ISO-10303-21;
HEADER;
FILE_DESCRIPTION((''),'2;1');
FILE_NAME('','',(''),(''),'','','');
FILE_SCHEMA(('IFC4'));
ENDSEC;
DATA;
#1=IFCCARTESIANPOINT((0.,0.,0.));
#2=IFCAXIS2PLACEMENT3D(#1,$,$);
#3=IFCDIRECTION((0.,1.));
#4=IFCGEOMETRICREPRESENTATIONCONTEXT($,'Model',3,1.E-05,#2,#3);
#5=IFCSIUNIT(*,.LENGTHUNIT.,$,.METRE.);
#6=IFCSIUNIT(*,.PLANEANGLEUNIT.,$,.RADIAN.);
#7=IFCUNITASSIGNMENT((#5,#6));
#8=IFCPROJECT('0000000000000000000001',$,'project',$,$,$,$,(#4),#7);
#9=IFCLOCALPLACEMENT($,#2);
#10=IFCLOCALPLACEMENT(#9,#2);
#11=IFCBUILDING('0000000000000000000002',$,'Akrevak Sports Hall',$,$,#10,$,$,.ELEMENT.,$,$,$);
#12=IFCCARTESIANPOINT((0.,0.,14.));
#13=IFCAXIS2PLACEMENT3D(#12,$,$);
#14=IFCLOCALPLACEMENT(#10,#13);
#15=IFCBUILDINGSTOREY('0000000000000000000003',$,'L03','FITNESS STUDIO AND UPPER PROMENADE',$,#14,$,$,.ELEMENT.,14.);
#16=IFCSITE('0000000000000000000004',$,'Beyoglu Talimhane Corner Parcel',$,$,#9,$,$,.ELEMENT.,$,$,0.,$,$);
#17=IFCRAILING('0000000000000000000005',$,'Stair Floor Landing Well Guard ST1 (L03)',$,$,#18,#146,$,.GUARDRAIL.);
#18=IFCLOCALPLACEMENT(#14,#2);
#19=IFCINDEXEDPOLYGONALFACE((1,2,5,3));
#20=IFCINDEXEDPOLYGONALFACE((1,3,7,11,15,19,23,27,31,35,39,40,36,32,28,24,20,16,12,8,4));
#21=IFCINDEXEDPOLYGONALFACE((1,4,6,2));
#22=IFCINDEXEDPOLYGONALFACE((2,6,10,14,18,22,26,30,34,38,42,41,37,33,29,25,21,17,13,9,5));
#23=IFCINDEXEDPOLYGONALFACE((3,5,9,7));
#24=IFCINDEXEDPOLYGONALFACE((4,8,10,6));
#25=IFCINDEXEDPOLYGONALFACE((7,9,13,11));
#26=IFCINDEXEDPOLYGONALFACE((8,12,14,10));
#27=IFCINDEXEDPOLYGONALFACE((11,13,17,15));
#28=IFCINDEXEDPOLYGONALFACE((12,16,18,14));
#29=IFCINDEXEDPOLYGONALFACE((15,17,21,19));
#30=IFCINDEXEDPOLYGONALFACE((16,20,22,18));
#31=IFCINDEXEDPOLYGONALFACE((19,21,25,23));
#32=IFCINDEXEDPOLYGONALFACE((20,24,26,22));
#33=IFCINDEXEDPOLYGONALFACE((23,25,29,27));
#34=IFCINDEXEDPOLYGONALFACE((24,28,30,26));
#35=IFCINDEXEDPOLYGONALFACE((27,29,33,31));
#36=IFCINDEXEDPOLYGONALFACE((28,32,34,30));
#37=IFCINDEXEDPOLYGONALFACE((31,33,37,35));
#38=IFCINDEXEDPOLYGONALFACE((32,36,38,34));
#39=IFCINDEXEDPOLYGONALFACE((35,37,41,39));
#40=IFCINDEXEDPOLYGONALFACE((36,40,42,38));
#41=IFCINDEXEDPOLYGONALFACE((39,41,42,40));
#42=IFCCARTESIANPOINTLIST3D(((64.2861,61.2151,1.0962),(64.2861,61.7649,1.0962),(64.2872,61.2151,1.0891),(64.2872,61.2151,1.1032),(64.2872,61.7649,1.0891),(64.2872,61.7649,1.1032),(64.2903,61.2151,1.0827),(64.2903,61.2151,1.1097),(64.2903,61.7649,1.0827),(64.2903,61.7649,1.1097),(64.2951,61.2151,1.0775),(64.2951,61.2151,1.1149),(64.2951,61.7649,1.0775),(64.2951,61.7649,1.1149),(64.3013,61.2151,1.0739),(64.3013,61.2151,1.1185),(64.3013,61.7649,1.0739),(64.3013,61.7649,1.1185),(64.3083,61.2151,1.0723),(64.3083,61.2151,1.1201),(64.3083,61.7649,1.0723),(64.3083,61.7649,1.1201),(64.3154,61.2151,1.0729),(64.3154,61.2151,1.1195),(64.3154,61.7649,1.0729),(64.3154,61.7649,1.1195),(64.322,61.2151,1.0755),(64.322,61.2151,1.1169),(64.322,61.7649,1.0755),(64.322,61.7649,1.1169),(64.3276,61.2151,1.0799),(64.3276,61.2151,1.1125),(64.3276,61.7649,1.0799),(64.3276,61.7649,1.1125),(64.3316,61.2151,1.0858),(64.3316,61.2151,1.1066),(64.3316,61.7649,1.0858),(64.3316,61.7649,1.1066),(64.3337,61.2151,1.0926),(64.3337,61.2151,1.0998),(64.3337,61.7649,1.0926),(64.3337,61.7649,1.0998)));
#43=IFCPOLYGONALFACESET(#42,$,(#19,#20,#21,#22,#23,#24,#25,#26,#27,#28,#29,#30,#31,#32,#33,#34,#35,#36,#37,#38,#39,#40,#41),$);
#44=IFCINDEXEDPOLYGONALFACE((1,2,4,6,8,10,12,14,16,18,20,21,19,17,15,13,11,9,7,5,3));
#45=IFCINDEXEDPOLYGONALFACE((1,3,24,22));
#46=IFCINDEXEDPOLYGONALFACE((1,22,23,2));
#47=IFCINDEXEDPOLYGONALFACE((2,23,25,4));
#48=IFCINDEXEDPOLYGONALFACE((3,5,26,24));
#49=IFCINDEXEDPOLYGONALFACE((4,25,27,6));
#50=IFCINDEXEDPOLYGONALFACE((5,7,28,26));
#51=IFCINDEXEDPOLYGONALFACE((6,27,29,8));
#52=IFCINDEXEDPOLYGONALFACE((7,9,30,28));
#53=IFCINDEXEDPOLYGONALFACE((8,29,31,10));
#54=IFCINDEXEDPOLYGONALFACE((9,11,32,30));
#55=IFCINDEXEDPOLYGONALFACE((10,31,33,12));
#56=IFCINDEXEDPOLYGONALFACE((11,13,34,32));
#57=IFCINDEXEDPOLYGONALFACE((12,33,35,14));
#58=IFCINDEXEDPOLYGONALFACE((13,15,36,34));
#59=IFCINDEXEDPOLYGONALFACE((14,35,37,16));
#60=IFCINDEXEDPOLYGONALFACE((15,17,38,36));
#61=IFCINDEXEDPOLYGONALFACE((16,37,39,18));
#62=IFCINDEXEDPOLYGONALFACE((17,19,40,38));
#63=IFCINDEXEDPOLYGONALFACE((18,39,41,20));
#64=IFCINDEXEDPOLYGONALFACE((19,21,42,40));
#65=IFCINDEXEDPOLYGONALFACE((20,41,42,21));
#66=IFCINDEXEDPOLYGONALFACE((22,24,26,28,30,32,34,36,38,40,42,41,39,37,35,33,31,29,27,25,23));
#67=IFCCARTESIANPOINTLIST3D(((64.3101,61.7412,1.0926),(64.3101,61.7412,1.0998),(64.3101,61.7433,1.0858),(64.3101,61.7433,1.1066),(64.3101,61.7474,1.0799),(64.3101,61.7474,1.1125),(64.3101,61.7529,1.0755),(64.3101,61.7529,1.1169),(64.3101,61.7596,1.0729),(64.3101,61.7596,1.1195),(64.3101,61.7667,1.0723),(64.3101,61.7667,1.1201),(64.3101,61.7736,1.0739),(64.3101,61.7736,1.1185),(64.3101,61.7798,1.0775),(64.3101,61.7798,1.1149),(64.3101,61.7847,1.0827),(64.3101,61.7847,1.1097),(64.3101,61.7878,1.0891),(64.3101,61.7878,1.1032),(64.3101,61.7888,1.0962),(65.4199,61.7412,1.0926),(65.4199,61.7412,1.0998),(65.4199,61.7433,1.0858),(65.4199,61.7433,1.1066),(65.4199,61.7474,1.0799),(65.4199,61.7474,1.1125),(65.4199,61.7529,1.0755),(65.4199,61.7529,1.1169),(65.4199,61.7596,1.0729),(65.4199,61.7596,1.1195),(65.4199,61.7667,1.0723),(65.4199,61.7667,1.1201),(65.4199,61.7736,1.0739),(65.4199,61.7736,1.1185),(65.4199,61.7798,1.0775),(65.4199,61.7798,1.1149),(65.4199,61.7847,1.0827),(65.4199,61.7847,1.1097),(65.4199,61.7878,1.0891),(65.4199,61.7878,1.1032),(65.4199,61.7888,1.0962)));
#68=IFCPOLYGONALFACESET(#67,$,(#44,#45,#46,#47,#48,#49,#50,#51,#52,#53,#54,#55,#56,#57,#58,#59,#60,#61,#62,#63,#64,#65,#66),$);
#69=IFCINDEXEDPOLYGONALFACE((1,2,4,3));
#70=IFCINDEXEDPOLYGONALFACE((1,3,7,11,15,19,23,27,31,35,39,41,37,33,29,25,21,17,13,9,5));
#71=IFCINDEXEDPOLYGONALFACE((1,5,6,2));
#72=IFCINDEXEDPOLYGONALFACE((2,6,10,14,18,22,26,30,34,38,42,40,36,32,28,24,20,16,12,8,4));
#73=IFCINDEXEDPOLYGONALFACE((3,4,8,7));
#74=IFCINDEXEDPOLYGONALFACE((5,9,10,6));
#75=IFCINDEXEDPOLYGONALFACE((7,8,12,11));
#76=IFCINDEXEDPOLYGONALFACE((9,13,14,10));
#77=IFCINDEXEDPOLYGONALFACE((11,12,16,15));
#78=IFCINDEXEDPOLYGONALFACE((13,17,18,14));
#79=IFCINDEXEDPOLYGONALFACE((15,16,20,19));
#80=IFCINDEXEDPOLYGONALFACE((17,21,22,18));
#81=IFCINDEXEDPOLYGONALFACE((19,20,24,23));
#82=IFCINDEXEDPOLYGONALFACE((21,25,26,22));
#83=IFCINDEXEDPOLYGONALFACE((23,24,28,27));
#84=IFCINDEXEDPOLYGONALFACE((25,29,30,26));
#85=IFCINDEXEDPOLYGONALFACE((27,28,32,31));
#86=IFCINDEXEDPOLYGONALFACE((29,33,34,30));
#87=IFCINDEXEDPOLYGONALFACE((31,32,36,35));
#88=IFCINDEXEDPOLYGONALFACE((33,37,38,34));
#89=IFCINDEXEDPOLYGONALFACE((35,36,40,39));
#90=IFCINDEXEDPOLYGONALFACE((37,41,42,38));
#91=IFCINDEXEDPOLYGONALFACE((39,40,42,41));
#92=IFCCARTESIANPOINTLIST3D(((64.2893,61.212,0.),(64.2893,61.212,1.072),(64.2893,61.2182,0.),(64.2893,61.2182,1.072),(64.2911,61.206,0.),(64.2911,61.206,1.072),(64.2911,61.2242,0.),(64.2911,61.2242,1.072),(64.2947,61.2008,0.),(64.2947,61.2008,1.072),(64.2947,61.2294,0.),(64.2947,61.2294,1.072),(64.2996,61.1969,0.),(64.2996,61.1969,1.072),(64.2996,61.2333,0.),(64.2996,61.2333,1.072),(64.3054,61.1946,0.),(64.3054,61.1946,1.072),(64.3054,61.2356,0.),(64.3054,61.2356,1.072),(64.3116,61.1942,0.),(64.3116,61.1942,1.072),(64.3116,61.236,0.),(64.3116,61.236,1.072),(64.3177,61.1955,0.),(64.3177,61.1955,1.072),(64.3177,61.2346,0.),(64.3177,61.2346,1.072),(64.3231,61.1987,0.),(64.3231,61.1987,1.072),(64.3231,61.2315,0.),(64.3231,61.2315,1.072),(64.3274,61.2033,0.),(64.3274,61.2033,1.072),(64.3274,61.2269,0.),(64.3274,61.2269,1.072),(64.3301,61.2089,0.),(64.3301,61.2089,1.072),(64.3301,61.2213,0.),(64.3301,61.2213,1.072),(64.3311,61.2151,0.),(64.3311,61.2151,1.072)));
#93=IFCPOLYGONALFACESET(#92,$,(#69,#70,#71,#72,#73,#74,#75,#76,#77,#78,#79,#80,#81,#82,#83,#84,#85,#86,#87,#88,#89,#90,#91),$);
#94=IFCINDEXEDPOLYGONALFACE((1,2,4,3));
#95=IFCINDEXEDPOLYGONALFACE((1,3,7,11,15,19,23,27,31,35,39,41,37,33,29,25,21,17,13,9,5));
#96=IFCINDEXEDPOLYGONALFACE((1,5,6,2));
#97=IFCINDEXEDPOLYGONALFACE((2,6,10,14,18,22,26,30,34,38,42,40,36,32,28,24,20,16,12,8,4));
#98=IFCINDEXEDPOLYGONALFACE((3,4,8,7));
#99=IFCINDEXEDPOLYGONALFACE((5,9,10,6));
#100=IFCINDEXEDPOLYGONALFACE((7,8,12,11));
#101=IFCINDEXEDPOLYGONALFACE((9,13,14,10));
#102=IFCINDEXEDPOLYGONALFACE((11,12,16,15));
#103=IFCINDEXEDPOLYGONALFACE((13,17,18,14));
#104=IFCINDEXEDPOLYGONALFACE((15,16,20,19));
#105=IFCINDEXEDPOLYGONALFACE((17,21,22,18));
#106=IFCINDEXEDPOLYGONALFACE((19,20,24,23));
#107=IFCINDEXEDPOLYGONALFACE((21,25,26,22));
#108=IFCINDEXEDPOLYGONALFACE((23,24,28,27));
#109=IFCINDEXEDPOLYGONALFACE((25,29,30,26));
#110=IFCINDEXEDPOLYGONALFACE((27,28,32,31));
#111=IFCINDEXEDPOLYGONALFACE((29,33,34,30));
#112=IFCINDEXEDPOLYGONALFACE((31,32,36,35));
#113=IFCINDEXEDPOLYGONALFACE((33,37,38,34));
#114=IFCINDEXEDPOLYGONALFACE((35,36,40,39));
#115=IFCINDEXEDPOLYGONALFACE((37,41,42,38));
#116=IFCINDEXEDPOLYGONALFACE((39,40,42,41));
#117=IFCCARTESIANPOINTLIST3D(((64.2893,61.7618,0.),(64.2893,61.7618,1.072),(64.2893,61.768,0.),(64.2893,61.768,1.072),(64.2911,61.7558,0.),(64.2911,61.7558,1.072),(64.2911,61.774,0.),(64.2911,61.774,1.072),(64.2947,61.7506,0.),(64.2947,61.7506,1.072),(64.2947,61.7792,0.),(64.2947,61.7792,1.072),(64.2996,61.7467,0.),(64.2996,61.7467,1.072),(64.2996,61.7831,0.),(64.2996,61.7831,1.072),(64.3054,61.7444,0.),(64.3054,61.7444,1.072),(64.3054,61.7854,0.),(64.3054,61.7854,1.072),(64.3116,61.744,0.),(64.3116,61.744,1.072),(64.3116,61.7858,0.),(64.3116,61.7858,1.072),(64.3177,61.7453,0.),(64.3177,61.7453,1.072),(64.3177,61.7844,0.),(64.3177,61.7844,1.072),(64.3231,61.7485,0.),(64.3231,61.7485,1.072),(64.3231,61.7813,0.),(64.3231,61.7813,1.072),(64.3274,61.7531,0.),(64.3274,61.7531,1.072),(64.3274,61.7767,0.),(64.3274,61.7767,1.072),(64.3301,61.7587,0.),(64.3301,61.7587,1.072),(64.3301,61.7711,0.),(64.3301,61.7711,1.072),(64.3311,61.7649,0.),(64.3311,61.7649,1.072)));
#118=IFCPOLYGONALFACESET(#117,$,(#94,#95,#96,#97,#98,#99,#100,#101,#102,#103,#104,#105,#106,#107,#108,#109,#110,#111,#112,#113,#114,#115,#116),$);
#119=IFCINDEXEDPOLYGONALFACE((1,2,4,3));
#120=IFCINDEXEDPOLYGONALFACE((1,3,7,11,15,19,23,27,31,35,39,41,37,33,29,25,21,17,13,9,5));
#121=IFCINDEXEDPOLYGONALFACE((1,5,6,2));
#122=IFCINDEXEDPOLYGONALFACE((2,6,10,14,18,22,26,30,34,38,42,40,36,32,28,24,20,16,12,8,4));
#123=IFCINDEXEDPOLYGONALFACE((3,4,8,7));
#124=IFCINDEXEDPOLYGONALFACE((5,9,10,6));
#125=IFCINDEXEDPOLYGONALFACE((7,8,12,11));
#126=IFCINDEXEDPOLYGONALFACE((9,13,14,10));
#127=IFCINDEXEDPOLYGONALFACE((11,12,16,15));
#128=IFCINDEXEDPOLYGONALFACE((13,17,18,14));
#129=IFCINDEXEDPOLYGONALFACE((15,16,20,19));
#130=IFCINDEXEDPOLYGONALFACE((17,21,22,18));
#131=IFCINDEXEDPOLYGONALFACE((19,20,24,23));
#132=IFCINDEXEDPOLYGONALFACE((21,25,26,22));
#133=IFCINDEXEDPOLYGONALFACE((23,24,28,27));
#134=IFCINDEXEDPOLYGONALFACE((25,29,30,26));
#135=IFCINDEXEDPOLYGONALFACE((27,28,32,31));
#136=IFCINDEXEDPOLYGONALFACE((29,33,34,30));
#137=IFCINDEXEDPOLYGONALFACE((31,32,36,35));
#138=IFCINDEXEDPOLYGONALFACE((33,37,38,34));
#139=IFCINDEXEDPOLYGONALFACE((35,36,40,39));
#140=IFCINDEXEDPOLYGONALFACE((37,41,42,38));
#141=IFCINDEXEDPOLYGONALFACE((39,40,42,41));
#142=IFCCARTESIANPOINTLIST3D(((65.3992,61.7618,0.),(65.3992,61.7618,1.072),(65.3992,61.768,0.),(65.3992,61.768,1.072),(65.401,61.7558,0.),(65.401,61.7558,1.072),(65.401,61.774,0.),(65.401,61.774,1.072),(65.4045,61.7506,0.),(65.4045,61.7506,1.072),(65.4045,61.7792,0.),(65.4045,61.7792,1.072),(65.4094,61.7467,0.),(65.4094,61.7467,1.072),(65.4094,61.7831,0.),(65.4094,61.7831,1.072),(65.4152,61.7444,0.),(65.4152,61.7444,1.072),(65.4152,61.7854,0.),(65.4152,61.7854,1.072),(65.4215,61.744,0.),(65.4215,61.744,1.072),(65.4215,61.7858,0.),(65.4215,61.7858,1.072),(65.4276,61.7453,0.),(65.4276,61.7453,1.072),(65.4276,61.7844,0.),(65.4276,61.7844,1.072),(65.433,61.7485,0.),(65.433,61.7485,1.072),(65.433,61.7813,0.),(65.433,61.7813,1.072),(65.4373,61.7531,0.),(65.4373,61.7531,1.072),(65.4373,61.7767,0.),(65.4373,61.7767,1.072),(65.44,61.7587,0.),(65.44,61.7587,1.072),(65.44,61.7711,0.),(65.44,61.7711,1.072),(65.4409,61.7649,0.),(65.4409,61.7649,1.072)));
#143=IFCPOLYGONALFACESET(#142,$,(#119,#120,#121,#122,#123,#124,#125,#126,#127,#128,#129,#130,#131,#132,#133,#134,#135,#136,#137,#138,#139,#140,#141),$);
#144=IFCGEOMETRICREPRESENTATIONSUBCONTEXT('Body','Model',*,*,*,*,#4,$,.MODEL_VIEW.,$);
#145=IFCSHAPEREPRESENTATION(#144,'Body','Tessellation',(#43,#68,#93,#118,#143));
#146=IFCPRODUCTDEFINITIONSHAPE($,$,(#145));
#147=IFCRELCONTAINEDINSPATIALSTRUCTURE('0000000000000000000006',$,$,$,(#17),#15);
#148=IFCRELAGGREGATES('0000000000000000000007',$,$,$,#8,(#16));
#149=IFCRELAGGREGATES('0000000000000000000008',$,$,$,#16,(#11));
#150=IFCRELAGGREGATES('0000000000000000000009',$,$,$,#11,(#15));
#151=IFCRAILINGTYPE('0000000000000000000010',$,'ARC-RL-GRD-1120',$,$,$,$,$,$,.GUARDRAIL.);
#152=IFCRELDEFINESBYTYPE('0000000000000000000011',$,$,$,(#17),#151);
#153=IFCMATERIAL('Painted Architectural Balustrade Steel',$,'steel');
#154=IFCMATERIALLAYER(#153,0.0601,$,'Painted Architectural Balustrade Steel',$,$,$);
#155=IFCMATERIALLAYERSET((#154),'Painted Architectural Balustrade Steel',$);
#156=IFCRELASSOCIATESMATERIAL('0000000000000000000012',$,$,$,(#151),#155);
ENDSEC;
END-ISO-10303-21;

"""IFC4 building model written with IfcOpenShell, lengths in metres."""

from ifc_helpers import new_model, si_unit, direction, frame, origin, origin_2d, place, context, subcontext, project, spatial, circle, extrude, material, layer, layer_set, type_object, element, save


model = new_model("IFC4")

# Units and contexts
model_context = context("Model", 3, precision=1e-05, world=origin(), true_north=direction((0.0, 1.0)))
body_context = subcontext(model_context, "Body", "Model", "MODEL_VIEW")
ifc_project = project(units=[si_unit("LENGTHUNIT", "METRE"), si_unit("PLANEANGLEUNIT", "RADIAN")], contexts=[model_context])

# Site, building, storey
site_placement = place(None, origin())
site = spatial("IfcSite", under=ifc_project, at=site_placement, Name="Beyoglu Talimhane Corner Parcel", CompositionType="ELEMENT", RefElevation=0.0)
building_placement = place(site_placement, origin())
building = spatial("IfcBuilding", under=site, at=building_placement, Name="Akrevak Sports Hall", CompositionType="ELEMENT")
storey_placement = place(building_placement, frame((0.0, 0.0, 14.0)))
storey = spatial("IfcBuildingStorey", under=building, at=storey_placement, Name="L03", Description="FITNESS STUDIO AND UPPER PROMENADE", CompositionType="ELEMENT", Elevation=14.0)

# Railing
ifc_material_1 = material(Name="Painted Architectural Balustrade Steel", Category="steel")
ifc_layer_1 = layer(ifc_material_1, 0.0601, Name="Painted Architectural Balustrade Steel")
ifc_layer_set_1 = layer_set([ifc_layer_1], Name="Painted Architectural Balustrade Steel")
railing_type_1 = type_object("IfcRailingType", Name="ARC-RL-GRD-1120", PredefinedType="GUARDRAIL", material=ifc_layer_set_1)
railing_1_placement = place(storey_placement, frame((64.3101, 61.2151, 0.0)))
element("IfcRailing", 1, at=railing_1_placement, inside=storey, type_object=railing_type_1, Name="Stair Floor Landing Well Guard ST1 (L03)", PredefinedType="GUARDRAIL", context=body_context, shape_type="SweptSolid", body=[
    extrude(circle(Radius=0.0239, at=origin_2d()), frame((0.0, 0.0, 1.0962), z_axis=(0.0, 1.0, 0.0), x_axis=(-1.0, 0.0, 0.0)), (0.0, 0.0, 1.0), 0.5498),
    extrude(circle(Radius=0.0239, at=origin_2d()), frame((0.0, 0.5498, 1.0962), z_axis=(1.0, 0.0, 0.0), x_axis=(0.0, 1.0, 0.0)), (0.0, 0.0, 1.0), 1.1099),
    extrude(circle(Radius=0.021, at=origin_2d()), origin(), (0.0, 0.0, 1.0), 1.072),
    extrude(circle(Radius=0.021, at=origin_2d()), frame((0.0, 0.5498, 0.0)), (0.0, 0.0, 1.0), 1.072),
    extrude(circle(Radius=0.021, at=origin_2d()), frame((1.1099, 0.5498, 0.0)), (0.0, 0.0, 1.0), 1.072),
])

save(model, "model.ifc")
